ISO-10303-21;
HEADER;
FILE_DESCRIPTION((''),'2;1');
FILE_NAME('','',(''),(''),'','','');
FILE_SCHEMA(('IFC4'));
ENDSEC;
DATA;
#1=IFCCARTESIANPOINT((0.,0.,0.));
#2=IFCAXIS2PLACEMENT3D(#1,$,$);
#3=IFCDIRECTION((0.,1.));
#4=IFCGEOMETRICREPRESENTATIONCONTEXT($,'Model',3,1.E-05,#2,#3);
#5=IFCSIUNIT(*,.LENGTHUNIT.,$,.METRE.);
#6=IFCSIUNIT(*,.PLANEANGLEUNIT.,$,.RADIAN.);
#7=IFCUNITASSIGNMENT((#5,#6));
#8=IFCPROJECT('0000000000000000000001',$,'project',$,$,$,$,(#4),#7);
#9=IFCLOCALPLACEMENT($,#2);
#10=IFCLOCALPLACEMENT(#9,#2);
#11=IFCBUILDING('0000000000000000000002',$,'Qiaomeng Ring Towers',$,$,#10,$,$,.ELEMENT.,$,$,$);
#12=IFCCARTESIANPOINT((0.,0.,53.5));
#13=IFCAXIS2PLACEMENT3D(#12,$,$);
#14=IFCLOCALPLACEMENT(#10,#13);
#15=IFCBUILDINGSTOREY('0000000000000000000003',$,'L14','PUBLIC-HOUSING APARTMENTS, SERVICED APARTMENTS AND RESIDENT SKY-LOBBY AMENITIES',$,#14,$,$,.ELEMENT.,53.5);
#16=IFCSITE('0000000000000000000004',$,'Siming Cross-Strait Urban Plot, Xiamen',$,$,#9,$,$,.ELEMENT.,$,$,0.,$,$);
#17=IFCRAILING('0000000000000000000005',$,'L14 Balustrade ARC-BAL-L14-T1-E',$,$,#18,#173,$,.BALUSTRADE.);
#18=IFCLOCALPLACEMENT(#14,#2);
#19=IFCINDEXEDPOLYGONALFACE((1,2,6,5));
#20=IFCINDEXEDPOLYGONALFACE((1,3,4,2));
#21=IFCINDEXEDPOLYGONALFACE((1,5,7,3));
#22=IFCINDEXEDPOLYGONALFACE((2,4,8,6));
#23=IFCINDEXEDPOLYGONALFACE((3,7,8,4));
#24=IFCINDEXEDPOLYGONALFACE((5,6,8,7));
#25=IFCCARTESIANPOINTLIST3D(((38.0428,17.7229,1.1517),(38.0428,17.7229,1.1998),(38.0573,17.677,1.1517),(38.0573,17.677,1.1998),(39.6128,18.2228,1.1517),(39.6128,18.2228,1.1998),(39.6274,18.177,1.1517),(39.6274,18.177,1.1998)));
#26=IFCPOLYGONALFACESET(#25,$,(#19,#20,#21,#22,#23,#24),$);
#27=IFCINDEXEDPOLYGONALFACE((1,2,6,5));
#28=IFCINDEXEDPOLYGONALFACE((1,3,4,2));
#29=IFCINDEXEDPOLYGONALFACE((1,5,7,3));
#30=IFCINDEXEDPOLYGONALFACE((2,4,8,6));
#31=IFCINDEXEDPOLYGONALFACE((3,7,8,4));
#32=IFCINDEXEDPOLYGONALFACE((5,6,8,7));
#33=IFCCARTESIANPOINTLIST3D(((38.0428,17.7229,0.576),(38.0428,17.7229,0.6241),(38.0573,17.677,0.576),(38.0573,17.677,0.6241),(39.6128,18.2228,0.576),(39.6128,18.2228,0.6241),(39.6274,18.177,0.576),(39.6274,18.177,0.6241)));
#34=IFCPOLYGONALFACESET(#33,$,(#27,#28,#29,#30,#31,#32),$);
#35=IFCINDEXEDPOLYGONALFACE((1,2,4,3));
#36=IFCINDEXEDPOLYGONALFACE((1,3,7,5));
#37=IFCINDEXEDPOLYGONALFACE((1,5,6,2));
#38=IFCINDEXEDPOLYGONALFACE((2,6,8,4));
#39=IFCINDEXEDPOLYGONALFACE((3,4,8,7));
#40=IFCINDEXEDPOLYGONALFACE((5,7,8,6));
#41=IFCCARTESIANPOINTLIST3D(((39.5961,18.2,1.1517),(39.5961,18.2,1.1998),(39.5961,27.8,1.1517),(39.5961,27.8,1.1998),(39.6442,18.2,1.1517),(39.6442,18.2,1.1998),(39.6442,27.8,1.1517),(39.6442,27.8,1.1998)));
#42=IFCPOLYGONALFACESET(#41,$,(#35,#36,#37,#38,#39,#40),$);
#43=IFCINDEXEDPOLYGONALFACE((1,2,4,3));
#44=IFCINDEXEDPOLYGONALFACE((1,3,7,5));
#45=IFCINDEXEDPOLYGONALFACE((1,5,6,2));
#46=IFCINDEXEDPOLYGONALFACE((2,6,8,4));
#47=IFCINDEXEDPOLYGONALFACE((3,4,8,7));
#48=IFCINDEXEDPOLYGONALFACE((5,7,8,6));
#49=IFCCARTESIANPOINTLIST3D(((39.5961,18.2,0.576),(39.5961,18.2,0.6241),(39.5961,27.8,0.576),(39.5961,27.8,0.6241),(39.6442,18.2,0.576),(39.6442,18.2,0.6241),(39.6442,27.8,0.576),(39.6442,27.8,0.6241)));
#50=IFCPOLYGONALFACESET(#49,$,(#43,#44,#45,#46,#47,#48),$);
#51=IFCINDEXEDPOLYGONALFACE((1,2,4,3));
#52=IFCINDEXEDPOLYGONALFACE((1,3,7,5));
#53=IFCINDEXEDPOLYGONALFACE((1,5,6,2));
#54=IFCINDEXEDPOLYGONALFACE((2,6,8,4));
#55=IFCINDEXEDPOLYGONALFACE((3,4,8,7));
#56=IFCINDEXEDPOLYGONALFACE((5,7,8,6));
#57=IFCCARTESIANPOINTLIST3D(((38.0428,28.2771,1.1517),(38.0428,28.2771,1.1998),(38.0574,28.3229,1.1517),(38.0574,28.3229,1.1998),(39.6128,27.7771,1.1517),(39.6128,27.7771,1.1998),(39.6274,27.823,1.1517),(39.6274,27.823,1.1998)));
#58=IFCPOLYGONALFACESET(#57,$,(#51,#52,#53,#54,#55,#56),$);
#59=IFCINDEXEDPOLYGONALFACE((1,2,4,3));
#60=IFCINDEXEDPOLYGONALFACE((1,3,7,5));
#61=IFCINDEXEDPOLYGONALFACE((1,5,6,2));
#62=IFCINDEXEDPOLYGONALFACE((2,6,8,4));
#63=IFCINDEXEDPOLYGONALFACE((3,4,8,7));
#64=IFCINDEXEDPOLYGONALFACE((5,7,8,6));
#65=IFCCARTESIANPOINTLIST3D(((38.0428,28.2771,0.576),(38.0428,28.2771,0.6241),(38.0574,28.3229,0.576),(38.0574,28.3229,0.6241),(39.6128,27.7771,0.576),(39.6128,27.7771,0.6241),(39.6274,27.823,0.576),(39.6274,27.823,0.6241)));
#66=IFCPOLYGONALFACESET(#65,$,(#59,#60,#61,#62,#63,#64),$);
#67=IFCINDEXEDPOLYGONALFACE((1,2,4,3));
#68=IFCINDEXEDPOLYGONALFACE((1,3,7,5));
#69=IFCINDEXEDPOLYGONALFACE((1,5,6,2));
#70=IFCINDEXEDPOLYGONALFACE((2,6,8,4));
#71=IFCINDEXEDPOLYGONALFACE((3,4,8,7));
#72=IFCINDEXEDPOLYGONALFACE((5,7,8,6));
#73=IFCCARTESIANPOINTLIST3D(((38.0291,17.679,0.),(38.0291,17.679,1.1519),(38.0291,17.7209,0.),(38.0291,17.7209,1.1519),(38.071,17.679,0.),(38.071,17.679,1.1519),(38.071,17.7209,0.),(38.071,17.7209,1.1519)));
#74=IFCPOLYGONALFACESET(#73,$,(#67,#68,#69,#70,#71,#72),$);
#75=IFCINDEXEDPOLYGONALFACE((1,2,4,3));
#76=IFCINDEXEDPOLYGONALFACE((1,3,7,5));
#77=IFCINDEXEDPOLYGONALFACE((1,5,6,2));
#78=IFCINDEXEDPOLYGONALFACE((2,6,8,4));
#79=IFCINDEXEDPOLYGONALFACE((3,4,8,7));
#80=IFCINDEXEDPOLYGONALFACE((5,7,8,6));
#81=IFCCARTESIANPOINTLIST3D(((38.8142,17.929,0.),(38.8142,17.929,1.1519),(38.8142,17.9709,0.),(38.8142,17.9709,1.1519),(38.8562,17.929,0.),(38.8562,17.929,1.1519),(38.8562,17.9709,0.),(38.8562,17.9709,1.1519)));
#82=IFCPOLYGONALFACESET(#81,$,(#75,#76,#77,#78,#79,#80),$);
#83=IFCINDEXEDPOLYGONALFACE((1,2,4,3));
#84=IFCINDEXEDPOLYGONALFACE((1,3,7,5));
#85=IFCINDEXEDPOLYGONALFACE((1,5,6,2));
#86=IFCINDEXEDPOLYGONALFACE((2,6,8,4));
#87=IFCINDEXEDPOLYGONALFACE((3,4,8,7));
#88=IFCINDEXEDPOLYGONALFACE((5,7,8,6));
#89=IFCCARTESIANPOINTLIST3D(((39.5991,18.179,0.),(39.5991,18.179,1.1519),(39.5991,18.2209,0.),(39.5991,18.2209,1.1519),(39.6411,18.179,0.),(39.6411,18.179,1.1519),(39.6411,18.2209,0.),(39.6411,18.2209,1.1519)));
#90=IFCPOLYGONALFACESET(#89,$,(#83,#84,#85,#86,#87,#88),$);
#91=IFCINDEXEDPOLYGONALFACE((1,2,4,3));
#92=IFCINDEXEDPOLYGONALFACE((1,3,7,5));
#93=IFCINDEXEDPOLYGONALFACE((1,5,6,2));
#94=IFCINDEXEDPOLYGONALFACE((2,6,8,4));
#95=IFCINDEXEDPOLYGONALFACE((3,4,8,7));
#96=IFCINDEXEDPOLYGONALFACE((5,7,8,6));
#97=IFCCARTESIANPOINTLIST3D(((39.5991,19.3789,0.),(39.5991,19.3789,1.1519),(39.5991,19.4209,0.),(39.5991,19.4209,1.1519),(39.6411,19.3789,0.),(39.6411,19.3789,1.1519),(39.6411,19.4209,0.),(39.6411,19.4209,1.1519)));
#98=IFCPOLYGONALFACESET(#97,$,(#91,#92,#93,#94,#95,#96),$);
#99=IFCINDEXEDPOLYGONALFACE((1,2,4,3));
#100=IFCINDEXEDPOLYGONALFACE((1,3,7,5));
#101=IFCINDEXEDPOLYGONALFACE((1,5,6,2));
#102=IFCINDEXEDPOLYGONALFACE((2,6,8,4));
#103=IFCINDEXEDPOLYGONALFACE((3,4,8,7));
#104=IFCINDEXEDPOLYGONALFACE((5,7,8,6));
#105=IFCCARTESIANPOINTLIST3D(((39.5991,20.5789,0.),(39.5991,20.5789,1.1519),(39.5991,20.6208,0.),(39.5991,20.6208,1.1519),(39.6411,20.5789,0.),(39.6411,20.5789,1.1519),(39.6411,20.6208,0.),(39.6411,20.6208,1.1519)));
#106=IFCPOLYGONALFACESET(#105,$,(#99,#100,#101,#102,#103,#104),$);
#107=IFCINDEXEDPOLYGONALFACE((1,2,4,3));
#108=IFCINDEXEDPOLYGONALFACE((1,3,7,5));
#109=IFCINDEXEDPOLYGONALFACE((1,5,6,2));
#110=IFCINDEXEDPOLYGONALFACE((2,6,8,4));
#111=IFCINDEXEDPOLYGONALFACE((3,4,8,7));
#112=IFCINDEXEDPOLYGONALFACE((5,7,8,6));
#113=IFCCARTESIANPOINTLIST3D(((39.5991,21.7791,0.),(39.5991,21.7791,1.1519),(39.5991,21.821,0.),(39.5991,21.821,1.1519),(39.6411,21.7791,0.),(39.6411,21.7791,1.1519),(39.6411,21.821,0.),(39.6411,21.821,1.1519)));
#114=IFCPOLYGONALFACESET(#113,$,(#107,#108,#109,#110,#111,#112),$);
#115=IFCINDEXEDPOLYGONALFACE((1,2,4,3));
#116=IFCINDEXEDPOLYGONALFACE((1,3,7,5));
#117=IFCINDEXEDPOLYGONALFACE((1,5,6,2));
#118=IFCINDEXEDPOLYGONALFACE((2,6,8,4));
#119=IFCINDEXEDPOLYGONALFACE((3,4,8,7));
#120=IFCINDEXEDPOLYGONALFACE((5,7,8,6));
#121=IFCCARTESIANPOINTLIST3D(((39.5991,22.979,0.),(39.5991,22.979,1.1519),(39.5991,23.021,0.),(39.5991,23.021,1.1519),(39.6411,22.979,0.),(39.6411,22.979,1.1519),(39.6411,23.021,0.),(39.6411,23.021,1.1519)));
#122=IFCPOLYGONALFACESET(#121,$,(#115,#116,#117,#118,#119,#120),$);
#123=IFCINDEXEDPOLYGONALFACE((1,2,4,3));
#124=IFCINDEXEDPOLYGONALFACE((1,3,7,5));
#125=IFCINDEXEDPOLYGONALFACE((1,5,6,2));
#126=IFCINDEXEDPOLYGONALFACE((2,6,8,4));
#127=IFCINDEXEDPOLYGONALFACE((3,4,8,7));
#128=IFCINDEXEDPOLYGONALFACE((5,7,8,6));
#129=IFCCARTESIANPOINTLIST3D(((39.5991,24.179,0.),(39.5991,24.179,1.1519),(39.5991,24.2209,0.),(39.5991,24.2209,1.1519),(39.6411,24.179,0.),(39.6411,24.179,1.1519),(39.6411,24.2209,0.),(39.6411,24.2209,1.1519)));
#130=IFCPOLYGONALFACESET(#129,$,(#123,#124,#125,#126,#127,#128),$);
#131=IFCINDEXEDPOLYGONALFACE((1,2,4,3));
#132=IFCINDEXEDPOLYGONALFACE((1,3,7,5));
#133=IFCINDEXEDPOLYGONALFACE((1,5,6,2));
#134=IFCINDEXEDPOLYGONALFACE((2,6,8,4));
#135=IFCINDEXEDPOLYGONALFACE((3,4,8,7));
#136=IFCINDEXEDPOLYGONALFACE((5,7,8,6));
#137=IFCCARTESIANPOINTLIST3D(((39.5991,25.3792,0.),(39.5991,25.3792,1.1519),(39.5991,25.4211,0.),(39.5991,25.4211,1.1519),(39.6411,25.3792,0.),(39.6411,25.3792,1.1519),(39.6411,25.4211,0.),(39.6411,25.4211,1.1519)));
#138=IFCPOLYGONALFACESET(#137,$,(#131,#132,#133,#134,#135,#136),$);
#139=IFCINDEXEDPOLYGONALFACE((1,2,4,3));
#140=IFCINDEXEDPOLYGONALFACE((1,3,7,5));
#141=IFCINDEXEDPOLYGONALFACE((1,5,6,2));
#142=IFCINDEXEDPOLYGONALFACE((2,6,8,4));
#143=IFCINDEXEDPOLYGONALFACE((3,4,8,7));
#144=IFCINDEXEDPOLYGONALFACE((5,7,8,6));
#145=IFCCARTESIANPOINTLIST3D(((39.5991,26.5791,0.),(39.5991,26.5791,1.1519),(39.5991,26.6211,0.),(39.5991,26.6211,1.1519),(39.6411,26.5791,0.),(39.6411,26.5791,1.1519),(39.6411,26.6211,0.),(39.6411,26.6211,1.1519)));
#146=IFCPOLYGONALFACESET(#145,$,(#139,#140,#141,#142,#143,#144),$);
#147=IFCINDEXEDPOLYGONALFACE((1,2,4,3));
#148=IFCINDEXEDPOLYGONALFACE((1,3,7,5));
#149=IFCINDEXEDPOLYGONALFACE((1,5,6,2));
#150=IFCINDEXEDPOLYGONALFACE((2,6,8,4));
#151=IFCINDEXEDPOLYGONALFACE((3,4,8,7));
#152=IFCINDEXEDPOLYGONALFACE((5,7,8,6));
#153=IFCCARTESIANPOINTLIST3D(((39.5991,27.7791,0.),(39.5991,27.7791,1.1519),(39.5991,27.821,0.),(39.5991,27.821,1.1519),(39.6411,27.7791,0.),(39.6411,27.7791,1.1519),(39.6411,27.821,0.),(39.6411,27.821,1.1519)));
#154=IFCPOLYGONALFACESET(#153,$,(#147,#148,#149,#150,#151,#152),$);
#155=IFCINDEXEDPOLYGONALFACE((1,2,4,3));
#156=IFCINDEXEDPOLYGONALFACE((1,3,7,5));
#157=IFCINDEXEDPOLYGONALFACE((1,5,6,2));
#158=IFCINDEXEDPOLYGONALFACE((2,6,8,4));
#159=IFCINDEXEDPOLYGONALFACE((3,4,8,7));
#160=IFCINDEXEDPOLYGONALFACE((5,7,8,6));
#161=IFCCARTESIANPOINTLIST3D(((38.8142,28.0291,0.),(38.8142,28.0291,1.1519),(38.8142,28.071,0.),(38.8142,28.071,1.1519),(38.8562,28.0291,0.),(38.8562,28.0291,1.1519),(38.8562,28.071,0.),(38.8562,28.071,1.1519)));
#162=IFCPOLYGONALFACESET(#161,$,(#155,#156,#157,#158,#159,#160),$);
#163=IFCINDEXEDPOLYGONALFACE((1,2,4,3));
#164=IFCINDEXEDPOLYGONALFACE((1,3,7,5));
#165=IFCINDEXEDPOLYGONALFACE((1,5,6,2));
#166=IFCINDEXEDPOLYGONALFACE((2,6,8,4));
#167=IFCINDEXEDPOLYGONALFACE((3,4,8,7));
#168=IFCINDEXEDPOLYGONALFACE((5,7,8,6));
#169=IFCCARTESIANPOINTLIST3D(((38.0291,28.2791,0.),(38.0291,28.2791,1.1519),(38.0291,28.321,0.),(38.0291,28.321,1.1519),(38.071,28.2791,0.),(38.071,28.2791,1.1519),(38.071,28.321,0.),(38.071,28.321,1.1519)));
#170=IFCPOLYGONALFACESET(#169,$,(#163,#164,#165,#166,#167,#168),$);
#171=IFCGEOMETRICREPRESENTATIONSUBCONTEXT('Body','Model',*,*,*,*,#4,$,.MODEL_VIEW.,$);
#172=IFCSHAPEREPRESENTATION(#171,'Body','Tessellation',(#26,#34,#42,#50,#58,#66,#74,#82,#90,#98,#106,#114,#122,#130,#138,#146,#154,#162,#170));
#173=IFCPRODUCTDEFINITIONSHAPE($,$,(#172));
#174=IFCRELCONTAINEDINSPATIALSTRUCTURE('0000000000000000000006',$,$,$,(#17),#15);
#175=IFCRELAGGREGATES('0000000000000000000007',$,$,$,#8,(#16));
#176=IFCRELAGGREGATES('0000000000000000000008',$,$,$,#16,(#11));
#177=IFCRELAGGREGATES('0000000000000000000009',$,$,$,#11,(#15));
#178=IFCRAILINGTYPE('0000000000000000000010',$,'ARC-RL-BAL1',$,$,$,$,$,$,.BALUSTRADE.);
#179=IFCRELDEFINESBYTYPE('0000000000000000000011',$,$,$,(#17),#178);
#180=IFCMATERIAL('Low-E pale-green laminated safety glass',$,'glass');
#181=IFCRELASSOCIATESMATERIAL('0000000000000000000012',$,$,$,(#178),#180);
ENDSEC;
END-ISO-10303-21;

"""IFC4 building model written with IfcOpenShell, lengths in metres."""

from ifc_helpers import new_model, si_unit, direction, frame, origin, origin_2d, place, context, subcontext, project, spatial, rectangle, extrude, material, type_object, element, save


model = new_model("IFC4")

# Units and contexts
model_context = context("Model", 3, precision=1e-05, world=origin(), true_north=direction((0.0, 1.0)))
body_context = subcontext(model_context, "Body", "Model", "MODEL_VIEW")
ifc_project = project(units=[si_unit("LENGTHUNIT", "METRE"), si_unit("PLANEANGLEUNIT", "RADIAN")], contexts=[model_context])

# Site, building, storey
site_placement = place(None, origin())
site = spatial("IfcSite", under=ifc_project, at=site_placement, Name="Siming Cross-Strait Urban Plot, Xiamen", CompositionType="ELEMENT", RefElevation=0.0)
building_placement = place(site_placement, origin())
building = spatial("IfcBuilding", under=site, at=building_placement, Name="Qiaomeng Ring Towers", CompositionType="ELEMENT")
storey_placement = place(building_placement, frame((0.0, 0.0, 53.5)))
storey = spatial("IfcBuildingStorey", under=building, at=storey_placement, Name="L14", Description="PUBLIC-HOUSING APARTMENTS, SERVICED APARTMENTS AND RESIDENT SKY-LOBBY AMENITIES", CompositionType="ELEMENT", Elevation=53.5)

# Railing
ifc_material_1 = material(Name="Low-E pale-green laminated safety glass", Category="glass")
railing_type = type_object("IfcRailingType", Name="ARC-RL-BAL1", PredefinedType="BALUSTRADE", material=ifc_material_1)
railing_1_placement = place(storey_placement, frame((38.05, 17.7, 0.0)))
element("IfcRailing", 1, at=railing_1_placement, inside=storey, type_object=railing_type, Name="L14 Balustrade ARC-BAL-L14-T1-E", PredefinedType="BALUSTRADE", context=body_context, shape_type="SweptSolid", body=[
    extrude(rectangle(XDim=0.0481, YDim=0.0481, at=origin_2d()), frame((0.0, 0.0, 1.1758), z_axis=(0.95285, 0.303442, 0.0), x_axis=(-0.303442, 0.95285, 0.0)), (0.0, 0.0, 1.0), 1.6477),
    extrude(rectangle(XDim=0.0481, YDim=0.0481, at=origin_2d()), frame((0.0, 0.0, 0.6001), z_axis=(0.95285, 0.303442, 0.0), x_axis=(-0.303442, 0.95285, 0.0)), (0.0, 0.0, 1.0), 1.6477),
    extrude(rectangle(XDim=0.0481, YDim=0.0481, at=origin_2d()), frame((1.5701, 0.5, 1.1758), z_axis=(0.0, 1.0, 0.0), x_axis=(-1.0, 0.0, 0.0)), (0.0, 0.0, 1.0), 9.6001),
    extrude(rectangle(XDim=0.0481, YDim=0.0481, at=origin_2d()), frame((1.5701, 0.5, 0.6001), z_axis=(0.0, 1.0, 0.0), x_axis=(-1.0, 0.0, 0.0)), (0.0, 0.0, 1.0), 9.6001),
    extrude(rectangle(XDim=0.0481, YDim=0.0481, at=origin_2d()), frame((1.5701, 10.1001, 1.1758), z_axis=(-0.95285, 0.303442, 0.0), x_axis=(-0.303442, -0.95285, 0.0)), (0.0, 0.0, 1.0), 1.6477),
    extrude(rectangle(XDim=0.0481, YDim=0.0481, at=origin_2d()), frame((1.5701, 10.1001, 0.6001), z_axis=(-0.95285, 0.303442, 0.0), x_axis=(-0.303442, -0.95285, 0.0)), (0.0, 0.0, 1.0), 1.6477),
    extrude(rectangle(XDim=0.042, YDim=0.042, at=origin_2d()), origin(), (0.0, 0.0, 1.0), 1.1519),
    extrude(rectangle(XDim=0.042, YDim=0.042, at=origin_2d()), frame((0.7852, 0.25, 0.0)), (0.0, 0.0, 1.0), 1.1519),
    extrude(rectangle(XDim=0.042, YDim=0.042, at=origin_2d()), frame((1.5701, 0.5, 0.0)), (0.0, 0.0, 1.0), 1.1519),
    extrude(rectangle(XDim=0.042, YDim=0.042, at=origin_2d()), frame((1.5701, 1.7, 0.0)), (0.0, 0.0, 1.0), 1.1519),
    extrude(rectangle(XDim=0.042, YDim=0.042, at=origin_2d()), frame((1.5701, 2.8999, 0.0)), (0.0, 0.0, 1.0), 1.1519),
    extrude(rectangle(XDim=0.042, YDim=0.042, at=origin_2d()), frame((1.5701, 4.1001, 0.0)), (0.0, 0.0, 1.0), 1.1519),
    extrude(rectangle(XDim=0.042, YDim=0.042, at=origin_2d()), frame((1.5701, 5.3, 0.0)), (0.0, 0.0, 1.0), 1.1519),
    extrude(rectangle(XDim=0.042, YDim=0.042, at=origin_2d()), frame((1.5701, 6.5, 0.0)), (0.0, 0.0, 1.0), 1.1519),
    extrude(rectangle(XDim=0.042, YDim=0.042, at=origin_2d()), frame((1.5701, 7.7002, 0.0)), (0.0, 0.0, 1.0), 1.1519),
    extrude(rectangle(XDim=0.042, YDim=0.042, at=origin_2d()), frame((1.5701, 8.9001, 0.0)), (0.0, 0.0, 1.0), 1.1519),
    extrude(rectangle(XDim=0.042, YDim=0.042, at=origin_2d()), frame((1.5701, 10.1001, 0.0)), (0.0, 0.0, 1.0), 1.1519),
    extrude(rectangle(XDim=0.042, YDim=0.042, at=origin_2d()), frame((0.7852, 10.3501, 0.0)), (0.0, 0.0, 1.0), 1.1519),
    extrude(rectangle(XDim=0.042, YDim=0.042, at=origin_2d()), frame((0.0, 10.6001, 0.0)), (0.0, 0.0, 1.0), 1.1519),
])

save(model, "model.ifc")
